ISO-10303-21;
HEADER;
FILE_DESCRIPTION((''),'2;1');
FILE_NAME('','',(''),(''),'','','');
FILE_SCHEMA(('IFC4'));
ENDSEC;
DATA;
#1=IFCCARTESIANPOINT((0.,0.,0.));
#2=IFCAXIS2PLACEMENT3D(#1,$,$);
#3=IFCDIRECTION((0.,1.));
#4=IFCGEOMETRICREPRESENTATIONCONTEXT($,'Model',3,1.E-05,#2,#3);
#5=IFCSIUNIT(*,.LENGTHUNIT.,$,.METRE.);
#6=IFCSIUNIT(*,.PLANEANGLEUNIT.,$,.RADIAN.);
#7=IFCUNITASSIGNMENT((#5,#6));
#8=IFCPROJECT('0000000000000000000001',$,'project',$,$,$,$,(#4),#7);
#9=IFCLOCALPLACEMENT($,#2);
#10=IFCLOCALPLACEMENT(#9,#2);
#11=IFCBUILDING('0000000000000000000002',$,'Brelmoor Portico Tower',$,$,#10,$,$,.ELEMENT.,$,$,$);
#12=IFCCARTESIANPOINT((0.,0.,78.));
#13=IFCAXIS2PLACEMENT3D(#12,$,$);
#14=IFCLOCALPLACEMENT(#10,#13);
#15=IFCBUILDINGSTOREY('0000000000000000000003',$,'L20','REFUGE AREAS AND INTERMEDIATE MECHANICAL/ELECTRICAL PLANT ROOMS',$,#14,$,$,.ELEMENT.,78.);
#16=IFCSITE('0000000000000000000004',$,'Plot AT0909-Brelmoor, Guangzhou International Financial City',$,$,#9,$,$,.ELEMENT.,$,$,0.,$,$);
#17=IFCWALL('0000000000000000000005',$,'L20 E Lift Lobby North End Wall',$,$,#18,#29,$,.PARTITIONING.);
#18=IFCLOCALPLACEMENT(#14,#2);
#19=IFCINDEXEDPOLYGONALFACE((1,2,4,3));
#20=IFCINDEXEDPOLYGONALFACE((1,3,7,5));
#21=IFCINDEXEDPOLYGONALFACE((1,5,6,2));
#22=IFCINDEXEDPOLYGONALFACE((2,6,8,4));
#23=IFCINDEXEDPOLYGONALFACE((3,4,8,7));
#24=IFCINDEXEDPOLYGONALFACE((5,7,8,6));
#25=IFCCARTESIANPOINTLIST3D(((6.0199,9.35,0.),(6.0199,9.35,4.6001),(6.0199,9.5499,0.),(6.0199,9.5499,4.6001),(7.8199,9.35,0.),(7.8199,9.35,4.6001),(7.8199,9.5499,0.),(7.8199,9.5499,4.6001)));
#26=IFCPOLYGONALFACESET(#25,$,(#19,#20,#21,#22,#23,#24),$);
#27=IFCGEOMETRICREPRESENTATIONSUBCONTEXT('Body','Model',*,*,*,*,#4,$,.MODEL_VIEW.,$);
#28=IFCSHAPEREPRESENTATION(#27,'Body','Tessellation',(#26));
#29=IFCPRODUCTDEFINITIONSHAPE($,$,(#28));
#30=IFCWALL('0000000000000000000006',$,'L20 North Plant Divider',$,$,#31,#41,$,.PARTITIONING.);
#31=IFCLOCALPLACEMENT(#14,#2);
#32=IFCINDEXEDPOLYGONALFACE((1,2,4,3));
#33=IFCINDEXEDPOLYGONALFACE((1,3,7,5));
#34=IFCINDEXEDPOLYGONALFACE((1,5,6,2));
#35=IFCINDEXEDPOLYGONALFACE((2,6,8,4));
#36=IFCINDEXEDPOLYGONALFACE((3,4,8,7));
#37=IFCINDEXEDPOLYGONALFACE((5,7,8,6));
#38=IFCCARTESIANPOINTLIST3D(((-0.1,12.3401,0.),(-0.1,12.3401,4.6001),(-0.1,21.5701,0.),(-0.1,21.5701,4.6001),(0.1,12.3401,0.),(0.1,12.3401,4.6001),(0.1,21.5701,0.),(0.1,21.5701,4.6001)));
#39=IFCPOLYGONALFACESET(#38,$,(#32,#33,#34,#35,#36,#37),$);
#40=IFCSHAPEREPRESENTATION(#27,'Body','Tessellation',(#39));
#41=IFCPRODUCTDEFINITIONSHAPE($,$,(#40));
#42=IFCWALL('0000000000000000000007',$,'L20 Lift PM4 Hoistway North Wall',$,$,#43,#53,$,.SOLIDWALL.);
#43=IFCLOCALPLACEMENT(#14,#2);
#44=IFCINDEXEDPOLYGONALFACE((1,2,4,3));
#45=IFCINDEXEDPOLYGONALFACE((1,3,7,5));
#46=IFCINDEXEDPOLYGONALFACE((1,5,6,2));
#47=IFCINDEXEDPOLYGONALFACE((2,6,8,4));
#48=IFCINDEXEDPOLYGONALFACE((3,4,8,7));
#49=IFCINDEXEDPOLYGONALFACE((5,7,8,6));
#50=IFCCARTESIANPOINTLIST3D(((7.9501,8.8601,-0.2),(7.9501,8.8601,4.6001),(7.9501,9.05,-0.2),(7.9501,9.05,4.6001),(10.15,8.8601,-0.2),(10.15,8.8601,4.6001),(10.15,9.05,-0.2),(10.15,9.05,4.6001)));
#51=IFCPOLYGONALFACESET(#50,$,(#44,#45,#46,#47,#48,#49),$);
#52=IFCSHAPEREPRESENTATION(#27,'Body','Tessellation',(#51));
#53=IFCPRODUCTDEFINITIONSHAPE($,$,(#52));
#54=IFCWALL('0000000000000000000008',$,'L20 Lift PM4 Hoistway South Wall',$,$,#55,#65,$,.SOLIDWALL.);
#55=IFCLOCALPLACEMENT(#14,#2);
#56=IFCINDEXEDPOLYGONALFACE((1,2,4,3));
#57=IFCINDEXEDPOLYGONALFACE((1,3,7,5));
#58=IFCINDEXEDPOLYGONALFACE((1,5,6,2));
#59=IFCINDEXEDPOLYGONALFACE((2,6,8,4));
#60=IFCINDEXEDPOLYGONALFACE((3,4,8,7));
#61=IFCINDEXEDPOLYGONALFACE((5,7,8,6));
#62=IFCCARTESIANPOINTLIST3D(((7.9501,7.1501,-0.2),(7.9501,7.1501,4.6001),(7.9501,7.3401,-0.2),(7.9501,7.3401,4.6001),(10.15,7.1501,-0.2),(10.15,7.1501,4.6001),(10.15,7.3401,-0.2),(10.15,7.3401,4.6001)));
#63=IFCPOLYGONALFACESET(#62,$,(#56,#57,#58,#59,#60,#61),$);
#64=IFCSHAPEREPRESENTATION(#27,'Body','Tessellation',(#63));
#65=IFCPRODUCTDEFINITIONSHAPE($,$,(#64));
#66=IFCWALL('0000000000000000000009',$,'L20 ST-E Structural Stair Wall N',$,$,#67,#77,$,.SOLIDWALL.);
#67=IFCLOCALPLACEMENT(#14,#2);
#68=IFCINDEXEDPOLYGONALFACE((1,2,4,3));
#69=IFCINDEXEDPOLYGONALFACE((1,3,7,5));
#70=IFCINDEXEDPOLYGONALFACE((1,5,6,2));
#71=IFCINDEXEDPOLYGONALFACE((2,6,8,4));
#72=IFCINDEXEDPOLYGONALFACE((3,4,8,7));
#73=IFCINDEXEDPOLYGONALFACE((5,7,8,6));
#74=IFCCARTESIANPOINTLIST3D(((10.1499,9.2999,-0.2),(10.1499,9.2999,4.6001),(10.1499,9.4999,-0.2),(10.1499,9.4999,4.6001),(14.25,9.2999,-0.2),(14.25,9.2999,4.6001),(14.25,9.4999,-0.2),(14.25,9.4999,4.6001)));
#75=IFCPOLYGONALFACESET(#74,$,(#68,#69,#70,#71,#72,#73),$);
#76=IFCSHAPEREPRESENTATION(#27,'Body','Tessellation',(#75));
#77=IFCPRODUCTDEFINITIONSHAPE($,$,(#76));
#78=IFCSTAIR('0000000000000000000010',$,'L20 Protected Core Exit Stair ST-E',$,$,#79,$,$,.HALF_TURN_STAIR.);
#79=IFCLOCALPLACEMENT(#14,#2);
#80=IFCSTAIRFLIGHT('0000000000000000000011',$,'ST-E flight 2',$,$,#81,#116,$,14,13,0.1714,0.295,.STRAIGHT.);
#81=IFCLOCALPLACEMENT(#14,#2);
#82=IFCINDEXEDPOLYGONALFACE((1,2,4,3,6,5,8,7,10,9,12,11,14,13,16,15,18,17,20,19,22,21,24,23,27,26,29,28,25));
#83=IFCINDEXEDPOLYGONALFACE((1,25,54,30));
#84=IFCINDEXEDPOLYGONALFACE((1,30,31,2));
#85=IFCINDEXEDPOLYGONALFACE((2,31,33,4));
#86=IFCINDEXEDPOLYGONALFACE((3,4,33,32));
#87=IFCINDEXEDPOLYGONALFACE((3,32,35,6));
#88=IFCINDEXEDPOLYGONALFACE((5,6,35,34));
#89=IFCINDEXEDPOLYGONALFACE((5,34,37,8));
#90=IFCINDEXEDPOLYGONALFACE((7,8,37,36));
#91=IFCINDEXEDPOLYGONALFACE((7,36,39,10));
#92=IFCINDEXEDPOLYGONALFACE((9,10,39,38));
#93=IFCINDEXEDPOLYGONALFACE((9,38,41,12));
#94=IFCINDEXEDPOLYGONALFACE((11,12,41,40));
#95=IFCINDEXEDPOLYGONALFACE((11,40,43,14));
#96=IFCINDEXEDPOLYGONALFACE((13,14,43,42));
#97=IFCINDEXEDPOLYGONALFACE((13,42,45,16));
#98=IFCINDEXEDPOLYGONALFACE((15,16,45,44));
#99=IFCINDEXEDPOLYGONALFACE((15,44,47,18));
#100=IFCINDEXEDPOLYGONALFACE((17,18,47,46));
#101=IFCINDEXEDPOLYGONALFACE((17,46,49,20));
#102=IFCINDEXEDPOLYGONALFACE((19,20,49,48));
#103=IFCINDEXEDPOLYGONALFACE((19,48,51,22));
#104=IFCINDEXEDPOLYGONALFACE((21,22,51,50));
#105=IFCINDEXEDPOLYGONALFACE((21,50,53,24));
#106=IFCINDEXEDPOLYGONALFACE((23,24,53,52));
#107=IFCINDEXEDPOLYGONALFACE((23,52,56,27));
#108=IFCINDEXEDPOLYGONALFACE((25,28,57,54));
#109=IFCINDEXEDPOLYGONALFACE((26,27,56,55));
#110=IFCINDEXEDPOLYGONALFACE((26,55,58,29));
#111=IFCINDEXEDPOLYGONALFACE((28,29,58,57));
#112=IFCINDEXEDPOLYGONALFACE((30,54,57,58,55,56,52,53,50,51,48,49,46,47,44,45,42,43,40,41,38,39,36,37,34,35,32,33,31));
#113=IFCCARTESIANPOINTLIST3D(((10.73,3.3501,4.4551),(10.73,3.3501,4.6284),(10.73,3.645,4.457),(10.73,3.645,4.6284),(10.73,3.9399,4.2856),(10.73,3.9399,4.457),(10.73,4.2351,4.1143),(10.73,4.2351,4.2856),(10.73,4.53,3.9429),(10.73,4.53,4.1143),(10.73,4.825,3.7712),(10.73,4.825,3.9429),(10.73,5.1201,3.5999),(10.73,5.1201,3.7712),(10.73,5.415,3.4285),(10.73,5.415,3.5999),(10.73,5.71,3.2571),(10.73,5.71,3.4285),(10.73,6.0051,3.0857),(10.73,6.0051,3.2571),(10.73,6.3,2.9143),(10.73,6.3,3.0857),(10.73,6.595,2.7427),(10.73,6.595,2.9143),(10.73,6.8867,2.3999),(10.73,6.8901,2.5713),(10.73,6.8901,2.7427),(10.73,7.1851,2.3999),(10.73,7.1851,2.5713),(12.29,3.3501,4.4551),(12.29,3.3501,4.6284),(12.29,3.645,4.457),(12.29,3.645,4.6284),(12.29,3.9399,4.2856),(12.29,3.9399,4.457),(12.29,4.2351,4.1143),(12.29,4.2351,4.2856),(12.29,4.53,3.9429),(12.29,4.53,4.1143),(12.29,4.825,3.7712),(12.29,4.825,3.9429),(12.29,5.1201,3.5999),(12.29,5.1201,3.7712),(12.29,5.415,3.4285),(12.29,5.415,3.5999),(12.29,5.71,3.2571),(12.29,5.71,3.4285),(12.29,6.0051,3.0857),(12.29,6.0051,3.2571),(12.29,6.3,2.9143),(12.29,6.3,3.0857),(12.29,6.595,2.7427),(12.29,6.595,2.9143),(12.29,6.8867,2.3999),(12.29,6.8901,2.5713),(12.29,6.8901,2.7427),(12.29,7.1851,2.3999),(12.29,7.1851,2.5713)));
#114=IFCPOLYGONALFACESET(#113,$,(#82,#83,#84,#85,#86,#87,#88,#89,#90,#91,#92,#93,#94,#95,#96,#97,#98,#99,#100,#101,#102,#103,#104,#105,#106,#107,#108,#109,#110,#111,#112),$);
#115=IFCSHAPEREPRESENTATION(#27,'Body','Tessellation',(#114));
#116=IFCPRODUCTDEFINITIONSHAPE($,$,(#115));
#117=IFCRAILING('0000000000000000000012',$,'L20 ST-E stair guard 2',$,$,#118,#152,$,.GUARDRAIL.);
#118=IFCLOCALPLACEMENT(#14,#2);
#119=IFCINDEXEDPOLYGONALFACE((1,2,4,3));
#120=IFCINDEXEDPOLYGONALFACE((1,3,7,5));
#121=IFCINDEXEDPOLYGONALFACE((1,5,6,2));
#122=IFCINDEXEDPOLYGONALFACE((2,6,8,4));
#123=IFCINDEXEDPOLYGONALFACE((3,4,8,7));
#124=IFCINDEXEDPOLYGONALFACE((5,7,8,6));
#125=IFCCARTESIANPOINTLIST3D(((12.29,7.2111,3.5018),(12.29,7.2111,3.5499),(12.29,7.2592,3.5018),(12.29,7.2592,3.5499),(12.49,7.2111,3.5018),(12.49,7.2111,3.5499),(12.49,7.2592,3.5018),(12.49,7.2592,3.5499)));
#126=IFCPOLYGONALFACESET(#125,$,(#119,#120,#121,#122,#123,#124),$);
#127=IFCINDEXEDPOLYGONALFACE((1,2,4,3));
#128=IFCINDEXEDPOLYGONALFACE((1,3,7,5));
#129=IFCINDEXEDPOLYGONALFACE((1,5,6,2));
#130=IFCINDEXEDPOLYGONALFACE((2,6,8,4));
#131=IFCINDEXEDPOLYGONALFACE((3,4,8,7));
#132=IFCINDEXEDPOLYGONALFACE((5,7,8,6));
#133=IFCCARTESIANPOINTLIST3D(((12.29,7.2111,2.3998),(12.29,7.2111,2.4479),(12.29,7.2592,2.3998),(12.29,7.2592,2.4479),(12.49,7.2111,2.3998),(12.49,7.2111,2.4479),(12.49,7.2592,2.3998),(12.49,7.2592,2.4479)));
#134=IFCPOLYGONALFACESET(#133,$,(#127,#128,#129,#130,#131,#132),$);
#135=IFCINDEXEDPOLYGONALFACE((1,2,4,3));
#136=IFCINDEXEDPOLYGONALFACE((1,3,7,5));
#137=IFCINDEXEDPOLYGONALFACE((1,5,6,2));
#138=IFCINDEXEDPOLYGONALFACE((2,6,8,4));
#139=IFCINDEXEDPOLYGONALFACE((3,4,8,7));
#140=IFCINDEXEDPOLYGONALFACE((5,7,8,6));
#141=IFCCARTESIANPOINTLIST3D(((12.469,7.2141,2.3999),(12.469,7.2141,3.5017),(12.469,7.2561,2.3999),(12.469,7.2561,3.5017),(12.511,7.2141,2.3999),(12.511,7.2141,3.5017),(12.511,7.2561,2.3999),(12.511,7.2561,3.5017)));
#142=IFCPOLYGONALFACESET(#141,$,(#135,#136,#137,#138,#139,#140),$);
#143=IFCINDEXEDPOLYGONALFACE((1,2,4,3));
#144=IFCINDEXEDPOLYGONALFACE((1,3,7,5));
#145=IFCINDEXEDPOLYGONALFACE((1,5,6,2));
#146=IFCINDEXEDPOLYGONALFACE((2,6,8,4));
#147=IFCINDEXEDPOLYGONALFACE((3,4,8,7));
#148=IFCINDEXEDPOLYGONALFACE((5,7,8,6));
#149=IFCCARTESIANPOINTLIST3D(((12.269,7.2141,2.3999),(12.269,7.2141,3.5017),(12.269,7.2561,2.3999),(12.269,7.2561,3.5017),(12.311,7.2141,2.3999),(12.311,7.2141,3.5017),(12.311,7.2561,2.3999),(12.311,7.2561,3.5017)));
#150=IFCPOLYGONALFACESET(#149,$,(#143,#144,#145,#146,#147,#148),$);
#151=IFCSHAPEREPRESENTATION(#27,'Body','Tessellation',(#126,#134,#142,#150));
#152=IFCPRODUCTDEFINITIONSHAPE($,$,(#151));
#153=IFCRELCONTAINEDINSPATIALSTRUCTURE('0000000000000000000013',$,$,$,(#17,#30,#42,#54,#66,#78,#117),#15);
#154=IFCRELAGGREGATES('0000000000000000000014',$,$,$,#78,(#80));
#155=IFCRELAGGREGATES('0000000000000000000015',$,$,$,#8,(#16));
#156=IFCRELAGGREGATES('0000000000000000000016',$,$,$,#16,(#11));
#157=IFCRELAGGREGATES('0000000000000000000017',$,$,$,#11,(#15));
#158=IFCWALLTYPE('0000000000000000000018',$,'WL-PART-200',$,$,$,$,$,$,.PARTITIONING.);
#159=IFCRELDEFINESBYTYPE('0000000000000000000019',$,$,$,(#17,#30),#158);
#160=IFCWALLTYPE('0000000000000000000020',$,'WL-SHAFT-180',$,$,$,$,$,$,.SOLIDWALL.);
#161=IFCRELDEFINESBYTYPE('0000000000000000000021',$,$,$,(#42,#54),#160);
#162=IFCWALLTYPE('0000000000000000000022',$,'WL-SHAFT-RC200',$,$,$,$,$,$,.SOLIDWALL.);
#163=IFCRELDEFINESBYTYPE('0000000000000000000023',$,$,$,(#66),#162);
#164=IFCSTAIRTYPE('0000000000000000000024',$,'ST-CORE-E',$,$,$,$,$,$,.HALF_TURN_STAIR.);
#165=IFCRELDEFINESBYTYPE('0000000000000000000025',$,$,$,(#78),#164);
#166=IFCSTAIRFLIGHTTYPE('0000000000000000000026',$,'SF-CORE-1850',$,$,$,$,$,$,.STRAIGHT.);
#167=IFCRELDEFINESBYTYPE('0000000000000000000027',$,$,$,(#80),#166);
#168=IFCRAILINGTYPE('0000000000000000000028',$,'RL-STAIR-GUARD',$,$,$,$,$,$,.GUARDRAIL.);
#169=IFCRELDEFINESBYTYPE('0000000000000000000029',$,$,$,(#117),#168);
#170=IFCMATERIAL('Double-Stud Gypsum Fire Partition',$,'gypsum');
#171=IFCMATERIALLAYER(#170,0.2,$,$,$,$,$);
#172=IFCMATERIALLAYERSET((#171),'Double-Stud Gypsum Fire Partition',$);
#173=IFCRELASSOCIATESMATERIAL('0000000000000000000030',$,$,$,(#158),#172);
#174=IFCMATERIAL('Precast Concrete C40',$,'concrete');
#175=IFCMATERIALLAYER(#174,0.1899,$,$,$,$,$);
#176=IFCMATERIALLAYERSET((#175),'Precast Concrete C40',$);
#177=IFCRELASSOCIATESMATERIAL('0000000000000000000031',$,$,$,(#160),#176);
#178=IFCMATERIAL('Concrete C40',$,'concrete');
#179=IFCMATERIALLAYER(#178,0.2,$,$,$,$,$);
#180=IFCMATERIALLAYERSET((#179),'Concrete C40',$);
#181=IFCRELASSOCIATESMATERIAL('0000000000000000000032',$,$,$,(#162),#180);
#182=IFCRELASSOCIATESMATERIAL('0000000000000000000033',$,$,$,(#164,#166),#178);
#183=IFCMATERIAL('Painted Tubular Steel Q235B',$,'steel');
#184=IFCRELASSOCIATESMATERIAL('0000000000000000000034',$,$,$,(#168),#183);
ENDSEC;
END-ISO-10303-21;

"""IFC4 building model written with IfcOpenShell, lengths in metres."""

from ifc_helpers import new_model, si_unit, direction, frame, frame_2d, origin, origin_2d, place, context, subcontext, project, spatial, polyline, rectangle, outline, extrude, material, layer, layer_set, type_object, element, aggregate, save


model = new_model("IFC4")

# Units and contexts
model_context = context("Model", 3, precision=1e-05, world=origin(), true_north=direction((0.0, 1.0)))
body_context = subcontext(model_context, "Body", "Model", "MODEL_VIEW")
ifc_project = project(units=[si_unit("LENGTHUNIT", "METRE"), si_unit("PLANEANGLEUNIT", "RADIAN")], contexts=[model_context])

# Site, building, storey
site_placement = place(None, origin())
site = spatial("IfcSite", under=ifc_project, at=site_placement, Name="Plot AT0909-Brelmoor, Guangzhou International Financial City", CompositionType="ELEMENT", RefElevation=0.0)
building_placement = place(site_placement, origin())
building = spatial("IfcBuilding", under=site, at=building_placement, Name="Brelmoor Portico Tower", CompositionType="ELEMENT")
storey_placement = place(building_placement, frame((0.0, 0.0, 78.0)))
storey = spatial("IfcBuildingStorey", under=building, at=storey_placement, Name="L20", Description="REFUGE AREAS AND INTERMEDIATE MECHANICAL/ELECTRICAL PLANT ROOMS", CompositionType="ELEMENT", Elevation=78.0)

# Walls
ifc_material_1 = material(Name="Double-Stud Gypsum Fire Partition", Category="gypsum")
ifc_layer_1 = layer(ifc_material_1, 0.2)
ifc_layer_set_1 = layer_set([ifc_layer_1], Name="Double-Stud Gypsum Fire Partition")
wall_type_1 = type_object("IfcWallType", Name="WL-PART-200", PredefinedType="PARTITIONING", material=ifc_layer_set_1)
wall_1_placement = place(storey_placement, frame((6.02, 9.45, 0.0), z_axis=(0.0, 0.0, 1.0), x_axis=(1.0, 0.0, 0.0)))
element("IfcWall", 1, at=wall_1_placement, inside=storey, type_object=wall_type_1, Name="L20 E Lift Lobby North End Wall", PredefinedType="PARTITIONING", context=body_context, shape_type="SweptSolid", body=[
    extrude(rectangle(XDim=1.8, YDim=0.2, at=frame_2d((0.8999, 0.0))), origin(), (0.0, 0.0, 1.0), 4.6001),
])
wall_2_placement = place(storey_placement, frame((0.0, 12.3401, 0.0), z_axis=(0.0, 0.0, 1.0), x_axis=(0.0, 1.0, 0.0)))
element("IfcWall", 2, at=wall_2_placement, inside=storey, type_object=wall_type_1, Name="L20 North Plant Divider", PredefinedType="PARTITIONING", context=body_context, shape_type="SweptSolid", body=[
    extrude(rectangle(XDim=9.23, YDim=0.2, at=frame_2d((4.615, 0.0))), origin(), (0.0, 0.0, 1.0), 4.6001),
])
ifc_material_2 = material(Name="Precast Concrete C40", Category="concrete")
ifc_layer_2 = layer(ifc_material_2, 0.1899)
ifc_layer_set_2 = layer_set([ifc_layer_2], Name="Precast Concrete C40")
wall_type_2 = type_object("IfcWallType", Name="WL-SHAFT-180", PredefinedType="SOLIDWALL", material=ifc_layer_set_2)
for number, where, z_axis, x_axis, name in (
    (3, (7.95, 8.9551, -0.2), (0.0, 0.0, 1.0), (1.0, 0.0, 0.0), "L20 Lift PM4 Hoistway North Wall"),
    (4, (7.95, 7.2451, -0.2), (0.0, 0.0, 1.0), (1.0, 0.0, 0.0), "L20 Lift PM4 Hoistway South Wall"),
):
    element("IfcWall", number, at=place(storey_placement, frame(where, z_axis=z_axis, x_axis=x_axis)), inside=storey, type_object=wall_type_2, Name=name, PredefinedType="SOLIDWALL", context=body_context, shape_type="SweptSolid", body=[
        extrude(rectangle(XDim=2.2, YDim=0.1899, at=frame_2d((1.1001, 0.0))), origin(), (0.0, 0.0, 1.0), 4.8),
    ])
ifc_material_3 = material(Name="Concrete C40", Category="concrete")
ifc_layer_3 = layer(ifc_material_3, 0.2)
ifc_layer_set_3 = layer_set([ifc_layer_3], Name="Concrete C40")
wall_type_3 = type_object("IfcWallType", Name="WL-SHAFT-RC200", PredefinedType="SOLIDWALL", material=ifc_layer_set_3)
wall_3_placement = place(storey_placement, frame((10.1499, 9.3999, -0.2), z_axis=(0.0, 0.0, 1.0), x_axis=(1.0, 0.0, 0.0)))
element("IfcWall", 5, at=wall_3_placement, inside=storey, type_object=wall_type_3, Name="L20 ST-E Structural Stair Wall N", PredefinedType="SOLIDWALL", context=body_context, shape_type="SweptSolid", body=[
    extrude(rectangle(XDim=4.1001, YDim=0.2, at=frame_2d((2.05, 0.0))), origin(), (0.0, 0.0, 1.0), 4.8),
])

# Stair, stair flight
stair_type = type_object("IfcStairType", Name="ST-CORE-E", PredefinedType="HALF_TURN_STAIR", material=ifc_material_3)
stair_placement = place(storey_placement, origin())
stair = element("IfcStair", 6, at=stair_placement, inside=storey, type_object=stair_type, Name="L20 Protected Core Exit Stair ST-E", PredefinedType="HALF_TURN_STAIR")
stair_flight_type = type_object("IfcStairFlightType", Name="SF-CORE-1850", PredefinedType="STRAIGHT", material=ifc_material_3)
stair_flight_placement = place(storey_placement, frame((11.51, 7.1851, 2.3999), z_axis=(0.0, 0.0, 1.0), x_axis=(0.0, -1.0, 0.0)))
stair_flight = element("IfcStairFlight", 7, at=stair_flight_placement, type_object=stair_flight_type, Name="ST-E flight 2", NumberOfRisers=14, NumberOfTreads=13, PredefinedType="STRAIGHT", RiserHeight=0.1714, TreadLength=0.295, context=body_context, shape_type="SweptSolid", body=[
    extrude(outline(polyline([(0.0, 0.0), (0.0, 0.1714), (0.2949, 0.1714), (0.2949, 0.3428), (0.5901, 0.3428), (0.5901, 0.5144), (0.885, 0.5144), (0.885, 0.6858), (1.1799, 0.6858), (1.1799, 0.8572), (1.4751, 0.8572), (1.4751, 1.0286), (1.77, 1.0286), (1.77, 1.2), (2.0649, 1.2), (2.0649, 1.3713), (2.3601, 1.3713), (2.3601, 1.543), (2.655, 1.543), (2.655, 1.7144), (2.95, 1.7144), (2.95, 1.8857), (3.2451, 1.8857), (3.2451, 2.0571), (3.54, 2.0571), (3.54, 2.2285), (3.835, 2.2285), (3.835, 2.3999), (3.835, 2.0552), (0.2983, 0.0), (0.0, 0.0)])), frame((0.0, 0.78, 0.0), z_axis=(0.0, -1.0, 0.0), x_axis=(1.0, 0.0, 0.0)), (0.0, 0.0, 1.0), 1.5601),
])
aggregate(stair, [stair_flight])

# Railing
ifc_material_4 = material(Name="Painted Tubular Steel Q235B", Category="steel")
railing_type_1 = type_object("IfcRailingType", Name="RL-STAIR-GUARD", PredefinedType="GUARDRAIL", material=ifc_material_4)
railing_1_placement = place(storey_placement, frame((12.49, 7.2351, 2.3999)))
element("IfcRailing", 8, at=railing_1_placement, inside=storey, type_object=railing_type_1, Name="L20 ST-E stair guard 2", PredefinedType="GUARDRAIL", context=body_context, shape_type="SweptSolid", body=[
    extrude(rectangle(XDim=0.0481, YDim=0.0481, at=origin_2d()), frame((0.0, 0.0, 1.126), z_axis=(-1.0, 0.0, 0.0), x_axis=(0.0, -1.0, 0.0)), (0.0, 0.0, 1.0), 0.2),
    extrude(rectangle(XDim=0.0481, YDim=0.0481, at=origin_2d()), frame((0.0, 0.0, 0.0239), z_axis=(-1.0, 0.0, 0.0), x_axis=(0.0, -1.0, 0.0)), (0.0, 0.0, 1.0), 0.2),
    extrude(rectangle(XDim=0.042, YDim=0.042, at=origin_2d()), origin(), (0.0, 0.0, 1.0), 1.1018),
    extrude(rectangle(XDim=0.042, YDim=0.042, at=origin_2d()), frame((-0.2, 0.0, 0.0)), (0.0, 0.0, 1.0), 1.1018),
])

save(model, "model.ifc")
